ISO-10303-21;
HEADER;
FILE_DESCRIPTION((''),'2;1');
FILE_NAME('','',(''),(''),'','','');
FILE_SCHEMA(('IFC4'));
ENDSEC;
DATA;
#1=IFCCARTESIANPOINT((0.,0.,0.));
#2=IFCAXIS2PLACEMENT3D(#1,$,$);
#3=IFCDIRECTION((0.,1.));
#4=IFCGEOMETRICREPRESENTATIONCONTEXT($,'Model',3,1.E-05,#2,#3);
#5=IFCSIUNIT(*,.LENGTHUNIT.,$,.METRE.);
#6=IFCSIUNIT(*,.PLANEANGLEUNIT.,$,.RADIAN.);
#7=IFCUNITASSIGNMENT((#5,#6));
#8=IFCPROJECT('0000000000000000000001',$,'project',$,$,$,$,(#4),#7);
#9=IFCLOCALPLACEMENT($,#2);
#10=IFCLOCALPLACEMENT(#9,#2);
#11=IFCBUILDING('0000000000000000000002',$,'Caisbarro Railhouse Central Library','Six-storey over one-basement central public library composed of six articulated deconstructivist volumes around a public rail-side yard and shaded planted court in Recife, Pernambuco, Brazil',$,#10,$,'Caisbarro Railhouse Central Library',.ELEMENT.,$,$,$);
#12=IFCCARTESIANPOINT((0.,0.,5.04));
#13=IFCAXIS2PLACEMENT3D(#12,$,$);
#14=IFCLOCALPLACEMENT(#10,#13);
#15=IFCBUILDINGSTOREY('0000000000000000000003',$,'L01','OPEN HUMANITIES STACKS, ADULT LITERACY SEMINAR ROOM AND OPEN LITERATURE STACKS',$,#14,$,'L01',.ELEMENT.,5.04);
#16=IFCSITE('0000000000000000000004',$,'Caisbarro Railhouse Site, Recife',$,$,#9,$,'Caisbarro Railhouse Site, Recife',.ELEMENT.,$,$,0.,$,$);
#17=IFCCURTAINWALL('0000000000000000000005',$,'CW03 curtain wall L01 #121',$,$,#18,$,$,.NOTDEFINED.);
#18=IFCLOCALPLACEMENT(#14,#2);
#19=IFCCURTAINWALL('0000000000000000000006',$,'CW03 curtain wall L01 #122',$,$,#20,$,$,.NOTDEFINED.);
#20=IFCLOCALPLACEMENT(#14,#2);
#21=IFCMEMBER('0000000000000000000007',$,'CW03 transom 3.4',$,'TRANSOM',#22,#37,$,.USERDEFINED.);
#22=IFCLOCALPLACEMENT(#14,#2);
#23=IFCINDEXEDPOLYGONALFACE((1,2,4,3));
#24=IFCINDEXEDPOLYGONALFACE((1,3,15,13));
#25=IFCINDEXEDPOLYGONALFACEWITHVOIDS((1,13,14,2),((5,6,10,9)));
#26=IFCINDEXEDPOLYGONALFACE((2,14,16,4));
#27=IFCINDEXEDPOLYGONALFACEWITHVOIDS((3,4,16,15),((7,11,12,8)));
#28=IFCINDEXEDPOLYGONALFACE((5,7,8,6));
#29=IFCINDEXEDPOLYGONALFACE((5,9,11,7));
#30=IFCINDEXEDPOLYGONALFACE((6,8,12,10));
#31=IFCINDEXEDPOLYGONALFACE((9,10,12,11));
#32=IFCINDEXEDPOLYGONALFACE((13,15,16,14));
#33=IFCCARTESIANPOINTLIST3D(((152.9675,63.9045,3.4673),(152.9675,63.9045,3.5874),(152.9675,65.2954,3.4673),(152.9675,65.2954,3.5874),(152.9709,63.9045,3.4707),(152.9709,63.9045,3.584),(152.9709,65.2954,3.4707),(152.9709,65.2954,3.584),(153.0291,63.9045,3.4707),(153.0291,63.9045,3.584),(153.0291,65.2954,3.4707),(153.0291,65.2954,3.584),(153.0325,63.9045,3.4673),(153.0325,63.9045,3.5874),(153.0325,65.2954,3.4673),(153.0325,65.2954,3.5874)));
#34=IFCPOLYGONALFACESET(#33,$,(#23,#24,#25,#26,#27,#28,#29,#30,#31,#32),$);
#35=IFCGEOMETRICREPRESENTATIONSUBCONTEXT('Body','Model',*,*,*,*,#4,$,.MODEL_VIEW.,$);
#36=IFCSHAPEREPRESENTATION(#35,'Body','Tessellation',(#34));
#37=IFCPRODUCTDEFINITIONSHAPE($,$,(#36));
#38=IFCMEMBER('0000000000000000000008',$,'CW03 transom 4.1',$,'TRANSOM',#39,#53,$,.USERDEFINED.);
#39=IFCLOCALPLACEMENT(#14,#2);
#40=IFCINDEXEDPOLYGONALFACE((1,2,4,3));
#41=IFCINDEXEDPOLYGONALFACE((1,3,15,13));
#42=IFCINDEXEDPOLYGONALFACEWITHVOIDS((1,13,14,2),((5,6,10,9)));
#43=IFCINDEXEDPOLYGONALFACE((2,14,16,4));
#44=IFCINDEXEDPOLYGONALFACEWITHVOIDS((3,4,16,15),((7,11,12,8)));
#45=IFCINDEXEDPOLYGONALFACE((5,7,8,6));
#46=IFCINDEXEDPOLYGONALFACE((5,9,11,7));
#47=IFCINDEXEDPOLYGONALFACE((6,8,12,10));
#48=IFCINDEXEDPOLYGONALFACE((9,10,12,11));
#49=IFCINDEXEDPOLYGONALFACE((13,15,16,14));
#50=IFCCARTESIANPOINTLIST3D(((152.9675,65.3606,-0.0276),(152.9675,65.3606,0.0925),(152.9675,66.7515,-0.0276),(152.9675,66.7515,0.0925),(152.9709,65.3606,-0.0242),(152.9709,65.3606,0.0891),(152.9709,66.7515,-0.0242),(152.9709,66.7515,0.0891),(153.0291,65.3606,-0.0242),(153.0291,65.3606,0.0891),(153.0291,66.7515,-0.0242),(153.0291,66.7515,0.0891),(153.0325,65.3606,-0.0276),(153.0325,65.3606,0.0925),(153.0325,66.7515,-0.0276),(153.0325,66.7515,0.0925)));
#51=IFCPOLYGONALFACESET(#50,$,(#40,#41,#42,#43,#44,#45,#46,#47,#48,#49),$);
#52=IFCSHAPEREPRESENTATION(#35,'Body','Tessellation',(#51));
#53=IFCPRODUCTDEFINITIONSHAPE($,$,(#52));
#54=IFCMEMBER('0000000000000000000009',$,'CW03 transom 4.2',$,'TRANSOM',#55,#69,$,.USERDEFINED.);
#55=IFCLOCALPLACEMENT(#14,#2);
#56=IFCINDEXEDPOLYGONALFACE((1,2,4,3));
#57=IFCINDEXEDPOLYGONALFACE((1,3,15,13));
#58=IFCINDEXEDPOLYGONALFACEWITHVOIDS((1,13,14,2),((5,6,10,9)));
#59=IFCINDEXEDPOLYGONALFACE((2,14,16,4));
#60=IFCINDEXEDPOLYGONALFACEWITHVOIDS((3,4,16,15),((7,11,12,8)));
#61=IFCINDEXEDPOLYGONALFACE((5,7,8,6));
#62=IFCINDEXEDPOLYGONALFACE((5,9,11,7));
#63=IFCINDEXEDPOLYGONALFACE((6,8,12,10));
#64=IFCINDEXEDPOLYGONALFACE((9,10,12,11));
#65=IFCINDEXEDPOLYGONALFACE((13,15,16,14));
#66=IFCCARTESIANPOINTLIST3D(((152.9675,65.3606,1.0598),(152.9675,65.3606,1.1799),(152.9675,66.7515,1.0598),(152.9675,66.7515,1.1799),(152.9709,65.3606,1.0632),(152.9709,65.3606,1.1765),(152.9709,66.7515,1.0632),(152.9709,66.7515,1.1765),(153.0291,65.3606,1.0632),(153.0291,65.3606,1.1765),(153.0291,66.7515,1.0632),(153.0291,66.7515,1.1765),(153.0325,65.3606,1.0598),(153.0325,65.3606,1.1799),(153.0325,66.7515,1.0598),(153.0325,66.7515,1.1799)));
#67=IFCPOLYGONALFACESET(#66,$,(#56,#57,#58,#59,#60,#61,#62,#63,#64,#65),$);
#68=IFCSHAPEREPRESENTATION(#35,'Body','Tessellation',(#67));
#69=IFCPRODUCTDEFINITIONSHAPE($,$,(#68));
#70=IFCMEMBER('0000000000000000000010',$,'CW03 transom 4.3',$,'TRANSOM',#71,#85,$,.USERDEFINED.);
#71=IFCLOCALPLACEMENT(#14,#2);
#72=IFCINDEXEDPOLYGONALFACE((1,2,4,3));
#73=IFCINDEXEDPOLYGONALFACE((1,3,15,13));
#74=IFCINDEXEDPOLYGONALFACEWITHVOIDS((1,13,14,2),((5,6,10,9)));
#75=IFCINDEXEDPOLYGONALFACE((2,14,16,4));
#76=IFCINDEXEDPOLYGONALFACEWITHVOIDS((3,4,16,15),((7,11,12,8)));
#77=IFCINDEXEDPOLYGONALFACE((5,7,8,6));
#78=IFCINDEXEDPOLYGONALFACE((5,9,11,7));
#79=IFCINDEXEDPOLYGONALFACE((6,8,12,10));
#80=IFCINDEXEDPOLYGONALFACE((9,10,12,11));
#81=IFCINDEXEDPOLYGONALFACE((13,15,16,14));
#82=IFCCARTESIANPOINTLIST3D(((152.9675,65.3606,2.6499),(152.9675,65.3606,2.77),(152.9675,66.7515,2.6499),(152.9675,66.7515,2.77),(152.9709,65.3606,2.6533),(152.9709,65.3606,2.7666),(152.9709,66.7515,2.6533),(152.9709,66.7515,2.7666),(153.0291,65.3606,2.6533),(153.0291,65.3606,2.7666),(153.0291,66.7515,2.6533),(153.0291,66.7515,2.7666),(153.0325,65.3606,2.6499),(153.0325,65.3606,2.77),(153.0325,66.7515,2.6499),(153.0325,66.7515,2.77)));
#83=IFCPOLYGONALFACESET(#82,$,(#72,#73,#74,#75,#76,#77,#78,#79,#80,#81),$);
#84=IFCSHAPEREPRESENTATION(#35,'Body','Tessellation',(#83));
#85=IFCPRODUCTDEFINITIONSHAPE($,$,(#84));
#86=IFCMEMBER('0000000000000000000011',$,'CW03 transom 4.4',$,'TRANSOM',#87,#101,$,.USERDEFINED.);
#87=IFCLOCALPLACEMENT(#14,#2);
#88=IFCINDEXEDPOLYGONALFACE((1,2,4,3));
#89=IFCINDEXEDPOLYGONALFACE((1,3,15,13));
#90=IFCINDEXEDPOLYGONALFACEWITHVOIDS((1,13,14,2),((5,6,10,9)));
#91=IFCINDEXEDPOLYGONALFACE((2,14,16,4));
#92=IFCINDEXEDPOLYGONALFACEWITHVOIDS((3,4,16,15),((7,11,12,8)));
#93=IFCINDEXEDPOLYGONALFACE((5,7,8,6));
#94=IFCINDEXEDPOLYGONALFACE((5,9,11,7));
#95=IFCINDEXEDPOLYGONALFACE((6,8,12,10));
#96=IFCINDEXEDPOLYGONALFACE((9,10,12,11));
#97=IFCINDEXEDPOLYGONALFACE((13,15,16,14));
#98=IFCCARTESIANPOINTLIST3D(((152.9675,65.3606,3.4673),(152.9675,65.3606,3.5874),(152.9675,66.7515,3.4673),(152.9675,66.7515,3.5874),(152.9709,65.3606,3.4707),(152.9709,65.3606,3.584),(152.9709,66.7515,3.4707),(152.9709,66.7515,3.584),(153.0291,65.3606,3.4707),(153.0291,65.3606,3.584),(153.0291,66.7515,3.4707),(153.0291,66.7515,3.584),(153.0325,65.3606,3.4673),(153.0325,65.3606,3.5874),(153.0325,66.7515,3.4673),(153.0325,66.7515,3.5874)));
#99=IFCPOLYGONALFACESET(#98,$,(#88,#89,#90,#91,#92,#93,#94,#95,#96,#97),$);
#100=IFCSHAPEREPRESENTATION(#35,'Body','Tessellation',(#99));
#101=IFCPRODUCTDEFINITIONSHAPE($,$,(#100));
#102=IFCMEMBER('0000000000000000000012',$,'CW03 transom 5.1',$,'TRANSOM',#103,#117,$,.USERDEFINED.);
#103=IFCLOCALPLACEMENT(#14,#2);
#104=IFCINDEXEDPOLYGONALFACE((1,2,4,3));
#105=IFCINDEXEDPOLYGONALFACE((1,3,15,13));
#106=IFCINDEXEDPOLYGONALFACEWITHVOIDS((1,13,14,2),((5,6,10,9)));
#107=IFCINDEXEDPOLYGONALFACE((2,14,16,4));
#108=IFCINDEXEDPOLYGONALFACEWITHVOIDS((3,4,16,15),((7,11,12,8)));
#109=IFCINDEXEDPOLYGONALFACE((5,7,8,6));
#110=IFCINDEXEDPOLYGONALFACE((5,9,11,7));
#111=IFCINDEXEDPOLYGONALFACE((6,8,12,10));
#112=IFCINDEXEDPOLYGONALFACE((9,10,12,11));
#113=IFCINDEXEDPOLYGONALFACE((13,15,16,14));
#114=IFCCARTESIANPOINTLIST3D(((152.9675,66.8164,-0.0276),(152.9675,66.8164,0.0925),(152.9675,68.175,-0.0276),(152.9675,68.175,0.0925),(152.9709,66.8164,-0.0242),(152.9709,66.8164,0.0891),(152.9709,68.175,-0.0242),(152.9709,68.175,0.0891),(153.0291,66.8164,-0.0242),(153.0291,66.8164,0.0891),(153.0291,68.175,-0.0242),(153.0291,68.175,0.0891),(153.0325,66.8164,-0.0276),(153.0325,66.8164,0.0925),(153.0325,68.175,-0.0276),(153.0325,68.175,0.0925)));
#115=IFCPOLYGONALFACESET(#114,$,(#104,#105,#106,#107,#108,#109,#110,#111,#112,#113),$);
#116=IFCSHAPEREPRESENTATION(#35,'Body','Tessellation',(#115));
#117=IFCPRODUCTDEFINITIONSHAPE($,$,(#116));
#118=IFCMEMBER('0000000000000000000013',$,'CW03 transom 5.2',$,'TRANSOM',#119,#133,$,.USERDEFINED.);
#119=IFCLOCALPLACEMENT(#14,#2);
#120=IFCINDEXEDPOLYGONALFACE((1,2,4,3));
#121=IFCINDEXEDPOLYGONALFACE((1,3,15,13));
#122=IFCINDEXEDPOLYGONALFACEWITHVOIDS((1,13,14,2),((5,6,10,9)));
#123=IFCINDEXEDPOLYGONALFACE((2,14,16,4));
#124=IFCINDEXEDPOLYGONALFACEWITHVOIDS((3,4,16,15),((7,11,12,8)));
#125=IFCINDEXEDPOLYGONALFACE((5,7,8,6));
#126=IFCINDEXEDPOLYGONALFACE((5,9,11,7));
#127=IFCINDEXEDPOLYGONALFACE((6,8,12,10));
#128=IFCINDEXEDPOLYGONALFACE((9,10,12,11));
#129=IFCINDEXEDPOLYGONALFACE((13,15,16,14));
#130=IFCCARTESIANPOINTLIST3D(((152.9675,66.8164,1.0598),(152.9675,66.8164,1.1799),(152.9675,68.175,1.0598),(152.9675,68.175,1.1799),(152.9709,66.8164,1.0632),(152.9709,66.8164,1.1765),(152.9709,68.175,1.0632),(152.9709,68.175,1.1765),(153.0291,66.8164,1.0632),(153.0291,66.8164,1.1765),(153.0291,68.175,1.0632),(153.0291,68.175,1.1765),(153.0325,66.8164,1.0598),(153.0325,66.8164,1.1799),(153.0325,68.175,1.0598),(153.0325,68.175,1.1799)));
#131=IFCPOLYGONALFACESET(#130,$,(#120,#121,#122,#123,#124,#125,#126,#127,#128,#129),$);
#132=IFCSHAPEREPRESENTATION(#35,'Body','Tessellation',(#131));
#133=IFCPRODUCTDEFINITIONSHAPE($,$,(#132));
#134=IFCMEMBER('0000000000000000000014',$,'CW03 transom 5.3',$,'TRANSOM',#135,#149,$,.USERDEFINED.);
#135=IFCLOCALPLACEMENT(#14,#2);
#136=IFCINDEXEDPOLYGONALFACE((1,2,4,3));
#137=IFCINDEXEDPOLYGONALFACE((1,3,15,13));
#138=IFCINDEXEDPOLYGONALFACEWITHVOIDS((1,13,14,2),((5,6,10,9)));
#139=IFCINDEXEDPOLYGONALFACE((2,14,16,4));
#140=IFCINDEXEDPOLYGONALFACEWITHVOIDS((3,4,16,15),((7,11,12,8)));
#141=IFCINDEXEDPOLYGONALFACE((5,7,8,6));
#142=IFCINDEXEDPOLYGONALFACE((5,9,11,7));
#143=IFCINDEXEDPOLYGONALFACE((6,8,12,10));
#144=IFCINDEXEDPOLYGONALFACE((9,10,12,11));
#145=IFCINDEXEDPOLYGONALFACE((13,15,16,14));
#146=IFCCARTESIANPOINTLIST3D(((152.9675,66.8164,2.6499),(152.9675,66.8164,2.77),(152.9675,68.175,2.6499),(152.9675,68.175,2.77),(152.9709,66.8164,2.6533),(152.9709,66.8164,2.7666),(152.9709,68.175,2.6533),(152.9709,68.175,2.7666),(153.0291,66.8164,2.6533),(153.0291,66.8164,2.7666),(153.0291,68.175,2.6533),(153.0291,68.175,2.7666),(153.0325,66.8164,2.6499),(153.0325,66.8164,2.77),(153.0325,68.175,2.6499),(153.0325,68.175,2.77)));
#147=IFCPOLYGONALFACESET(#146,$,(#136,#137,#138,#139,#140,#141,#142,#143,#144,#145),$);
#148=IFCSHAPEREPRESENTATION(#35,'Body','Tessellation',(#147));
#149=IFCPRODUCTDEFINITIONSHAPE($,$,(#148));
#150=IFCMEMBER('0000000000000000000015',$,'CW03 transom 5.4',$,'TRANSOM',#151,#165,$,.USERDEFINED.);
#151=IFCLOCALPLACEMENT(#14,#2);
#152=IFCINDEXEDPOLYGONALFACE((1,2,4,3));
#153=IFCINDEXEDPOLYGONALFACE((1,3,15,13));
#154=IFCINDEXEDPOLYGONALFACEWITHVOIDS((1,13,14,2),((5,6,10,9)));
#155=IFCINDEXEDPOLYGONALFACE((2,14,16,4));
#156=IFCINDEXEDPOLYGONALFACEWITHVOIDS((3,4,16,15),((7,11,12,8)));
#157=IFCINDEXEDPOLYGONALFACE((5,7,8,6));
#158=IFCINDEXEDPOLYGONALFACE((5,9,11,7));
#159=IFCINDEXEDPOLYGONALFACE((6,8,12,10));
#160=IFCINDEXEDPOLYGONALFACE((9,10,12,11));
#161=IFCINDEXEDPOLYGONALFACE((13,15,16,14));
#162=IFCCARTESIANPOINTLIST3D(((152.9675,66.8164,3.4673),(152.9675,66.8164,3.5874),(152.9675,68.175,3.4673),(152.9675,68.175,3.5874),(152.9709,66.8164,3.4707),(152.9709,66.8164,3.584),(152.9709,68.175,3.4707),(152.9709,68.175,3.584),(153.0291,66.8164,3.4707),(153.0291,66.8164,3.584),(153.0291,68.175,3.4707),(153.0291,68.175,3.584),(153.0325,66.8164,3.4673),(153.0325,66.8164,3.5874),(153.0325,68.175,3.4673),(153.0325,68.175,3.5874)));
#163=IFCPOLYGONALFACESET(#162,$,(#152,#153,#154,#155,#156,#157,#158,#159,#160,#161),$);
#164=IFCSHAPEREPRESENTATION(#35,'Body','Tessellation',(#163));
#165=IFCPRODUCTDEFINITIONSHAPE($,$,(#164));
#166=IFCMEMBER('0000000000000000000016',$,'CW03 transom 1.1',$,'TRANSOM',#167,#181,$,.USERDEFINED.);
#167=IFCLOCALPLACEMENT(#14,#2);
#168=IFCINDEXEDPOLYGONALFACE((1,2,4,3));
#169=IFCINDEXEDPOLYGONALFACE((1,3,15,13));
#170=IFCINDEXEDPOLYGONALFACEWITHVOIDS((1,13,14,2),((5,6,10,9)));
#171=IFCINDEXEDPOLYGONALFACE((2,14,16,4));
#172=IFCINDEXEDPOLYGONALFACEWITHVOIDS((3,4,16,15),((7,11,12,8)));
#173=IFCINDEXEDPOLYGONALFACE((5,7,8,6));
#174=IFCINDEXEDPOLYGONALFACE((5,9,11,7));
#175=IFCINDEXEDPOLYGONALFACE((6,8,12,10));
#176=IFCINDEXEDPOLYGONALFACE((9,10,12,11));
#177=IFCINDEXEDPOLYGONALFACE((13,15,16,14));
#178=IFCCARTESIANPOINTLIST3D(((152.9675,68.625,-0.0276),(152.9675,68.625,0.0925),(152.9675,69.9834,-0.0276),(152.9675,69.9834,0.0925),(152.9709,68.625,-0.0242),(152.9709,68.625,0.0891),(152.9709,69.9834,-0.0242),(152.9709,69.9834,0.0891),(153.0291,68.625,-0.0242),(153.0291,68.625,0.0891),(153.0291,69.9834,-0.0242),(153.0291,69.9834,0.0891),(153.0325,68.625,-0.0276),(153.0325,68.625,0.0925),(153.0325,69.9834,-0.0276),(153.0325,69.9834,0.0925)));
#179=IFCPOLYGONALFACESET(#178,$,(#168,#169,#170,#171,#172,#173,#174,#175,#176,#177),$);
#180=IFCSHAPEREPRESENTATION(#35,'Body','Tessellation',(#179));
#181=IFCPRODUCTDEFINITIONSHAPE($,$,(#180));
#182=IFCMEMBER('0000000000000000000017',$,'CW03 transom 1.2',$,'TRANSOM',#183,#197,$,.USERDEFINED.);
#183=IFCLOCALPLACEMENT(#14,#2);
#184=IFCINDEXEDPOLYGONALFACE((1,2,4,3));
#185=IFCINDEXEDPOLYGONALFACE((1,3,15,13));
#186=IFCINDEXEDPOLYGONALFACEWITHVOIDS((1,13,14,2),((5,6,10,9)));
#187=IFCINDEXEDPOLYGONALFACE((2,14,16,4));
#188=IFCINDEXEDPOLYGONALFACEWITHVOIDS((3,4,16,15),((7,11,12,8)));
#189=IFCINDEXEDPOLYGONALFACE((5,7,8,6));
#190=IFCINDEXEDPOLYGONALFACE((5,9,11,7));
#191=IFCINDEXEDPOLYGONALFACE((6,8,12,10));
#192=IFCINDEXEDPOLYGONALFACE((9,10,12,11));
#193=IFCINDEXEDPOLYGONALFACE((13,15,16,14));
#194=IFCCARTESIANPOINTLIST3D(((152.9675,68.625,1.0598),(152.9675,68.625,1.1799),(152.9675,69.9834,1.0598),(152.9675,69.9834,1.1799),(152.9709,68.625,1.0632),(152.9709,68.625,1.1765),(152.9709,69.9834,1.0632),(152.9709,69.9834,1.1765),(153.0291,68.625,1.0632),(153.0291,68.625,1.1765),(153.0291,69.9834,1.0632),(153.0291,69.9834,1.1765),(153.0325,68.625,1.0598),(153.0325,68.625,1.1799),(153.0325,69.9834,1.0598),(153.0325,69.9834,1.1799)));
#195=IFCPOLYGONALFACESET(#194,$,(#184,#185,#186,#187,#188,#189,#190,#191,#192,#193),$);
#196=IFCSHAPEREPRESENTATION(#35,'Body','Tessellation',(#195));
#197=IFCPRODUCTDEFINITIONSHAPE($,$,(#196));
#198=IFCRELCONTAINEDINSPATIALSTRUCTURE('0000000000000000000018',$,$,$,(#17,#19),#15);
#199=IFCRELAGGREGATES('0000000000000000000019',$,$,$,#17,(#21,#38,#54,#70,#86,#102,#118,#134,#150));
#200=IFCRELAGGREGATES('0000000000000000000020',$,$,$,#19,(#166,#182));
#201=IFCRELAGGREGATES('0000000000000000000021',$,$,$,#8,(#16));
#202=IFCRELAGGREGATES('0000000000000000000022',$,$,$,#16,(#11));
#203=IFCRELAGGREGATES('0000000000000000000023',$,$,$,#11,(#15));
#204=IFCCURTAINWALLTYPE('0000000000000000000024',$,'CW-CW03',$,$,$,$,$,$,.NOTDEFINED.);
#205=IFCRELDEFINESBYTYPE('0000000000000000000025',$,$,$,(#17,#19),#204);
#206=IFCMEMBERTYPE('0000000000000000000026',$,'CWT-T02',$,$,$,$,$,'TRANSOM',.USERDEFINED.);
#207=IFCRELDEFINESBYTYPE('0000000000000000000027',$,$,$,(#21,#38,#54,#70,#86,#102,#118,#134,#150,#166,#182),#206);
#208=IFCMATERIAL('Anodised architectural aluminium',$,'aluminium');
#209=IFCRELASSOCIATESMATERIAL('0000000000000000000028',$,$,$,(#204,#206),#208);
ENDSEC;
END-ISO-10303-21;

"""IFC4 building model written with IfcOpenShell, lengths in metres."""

from ifc_helpers import new_model, si_unit, direction, frame, origin, origin_2d, place, context, subcontext, project, spatial, hollow_rectangle, extrude, material, material_profile, profile_set, type_object, element, aggregate, save


model = new_model("IFC4")

# Units and contexts
model_context = context("Model", 3, precision=1e-05, world=origin(), true_north=direction((0.0, 1.0)))
body_context = subcontext(model_context, "Body", "Model", "MODEL_VIEW")
ifc_project = project(units=[si_unit("LENGTHUNIT", "METRE"), si_unit("PLANEANGLEUNIT", "RADIAN")], contexts=[model_context])

# Site, building, storey
site_placement = place(None, origin())
site = spatial("IfcSite", under=ifc_project, at=site_placement, Name="Caisbarro Railhouse Site, Recife", LongName="Caisbarro Railhouse Site, Recife", CompositionType="ELEMENT", RefElevation=0.0)
building_placement = place(site_placement, origin())
building = spatial("IfcBuilding", under=site, at=building_placement, Name="Caisbarro Railhouse Central Library", Description="Six-storey over one-basement central public library composed of six articulated deconstructivist volumes around a public rail-side yard and shaded planted court in Recife, Pernambuco, Brazil", LongName="Caisbarro Railhouse Central Library", CompositionType="ELEMENT")
storey_placement = place(building_placement, frame((0.0, 0.0, 5.04)))
storey = spatial("IfcBuildingStorey", under=building, at=storey_placement, Name="L01", Description="OPEN HUMANITIES STACKS, ADULT LITERACY SEMINAR ROOM AND OPEN LITERATURE STACKS", LongName="L01", CompositionType="ELEMENT", Elevation=5.04)

# Curtain wall
ifc_material_1 = material(Name="Anodised architectural aluminium", Category="aluminium")
curtain_wall_type = type_object("IfcCurtainWallType", Name="CW-CW03", PredefinedType="NOTDEFINED", material=ifc_material_1)
curtain_wall_1_placement = place(storey_placement, origin())
curtain_wall_1 = element("IfcCurtainWall", 1, at=curtain_wall_1_placement, inside=storey, type_object=curtain_wall_type, Name="CW03 curtain wall L01 #121", PredefinedType="NOTDEFINED")

# Curtain wall
curtain_wall_2_placement = place(storey_placement, origin())
curtain_wall_2 = element("IfcCurtainWall", 2, at=curtain_wall_2_placement, inside=storey, type_object=curtain_wall_type, Name="CW03 curtain wall L01 #122", PredefinedType="NOTDEFINED")

# Members
ifc_material_profile_1 = material_profile(ifc_material_1, hollow_rectangle(XDim=0.0649, YDim=0.1201, WallThickness=0.0034, at=origin_2d()), Name="ALU-TRN-65X120")
ifc_profile_set_1 = profile_set([ifc_material_profile_1], Name="Anodised architectural aluminium")
member_type_1 = type_object("IfcMemberType", Name="CWT-T02", ElementType="TRANSOM", PredefinedType="USERDEFINED", material=ifc_profile_set_1)
member_1_placement = place(storey_placement, frame((153.0, 63.9045, 3.5273), z_axis=(0.0, 1.0, 0.0), x_axis=(-1.0, 0.0, 0.0)))
member_1 = element("IfcMember", 3, at=member_1_placement, type_object=member_type_1, Name="CW03 transom 3.4", ObjectType="TRANSOM", PredefinedType="USERDEFINED", context=body_context, shape_type="SweptSolid", body=[
    extrude(hollow_rectangle(XDim=0.0649, YDim=0.1201, WallThickness=0.0034, at=origin_2d()), origin(), (0.0, 0.0, 1.0), 1.3909),
])
member_2_placement = place(storey_placement, frame((153.0, 65.3606, 0.0325), z_axis=(0.0, 1.0, 0.0), x_axis=(-1.0, 0.0, 0.0)))
member_2 = element("IfcMember", 4, at=member_2_placement, type_object=member_type_1, Name="CW03 transom 4.1", ObjectType="TRANSOM", PredefinedType="USERDEFINED", context=body_context, shape_type="SweptSolid", body=[
    extrude(hollow_rectangle(XDim=0.0649, YDim=0.1201, WallThickness=0.0034, at=origin_2d()), origin(), (0.0, 0.0, 1.0), 1.3909),
])
member_3_placement = place(storey_placement, frame((153.0, 65.3606, 1.1199), z_axis=(0.0, 1.0, 0.0), x_axis=(-1.0, 0.0, 0.0)))
member_3 = element("IfcMember", 5, at=member_3_placement, type_object=member_type_1, Name="CW03 transom 4.2", ObjectType="TRANSOM", PredefinedType="USERDEFINED", context=body_context, shape_type="SweptSolid", body=[
    extrude(hollow_rectangle(XDim=0.0649, YDim=0.1201, WallThickness=0.0034, at=origin_2d()), origin(), (0.0, 0.0, 1.0), 1.3909),
])
member_4_placement = place(storey_placement, frame((153.0, 65.3606, 2.71), z_axis=(0.0, 1.0, 0.0), x_axis=(-1.0, 0.0, 0.0)))
member_4 = element("IfcMember", 6, at=member_4_placement, type_object=member_type_1, Name="CW03 transom 4.3", ObjectType="TRANSOM", PredefinedType="USERDEFINED", context=body_context, shape_type="SweptSolid", body=[
    extrude(hollow_rectangle(XDim=0.0649, YDim=0.1201, WallThickness=0.0034, at=origin_2d()), origin(), (0.0, 0.0, 1.0), 1.3909),
])
member_5_placement = place(storey_placement, frame((153.0, 65.3606, 3.5273), z_axis=(0.0, 1.0, 0.0), x_axis=(-1.0, 0.0, 0.0)))
member_5 = element("IfcMember", 7, at=member_5_placement, type_object=member_type_1, Name="CW03 transom 4.4", ObjectType="TRANSOM", PredefinedType="USERDEFINED", context=body_context, shape_type="SweptSolid", body=[
    extrude(hollow_rectangle(XDim=0.0649, YDim=0.1201, WallThickness=0.0034, at=origin_2d()), origin(), (0.0, 0.0, 1.0), 1.3909),
])
member_6_placement = place(storey_placement, frame((153.0, 66.8164, 0.0325), z_axis=(0.0, 1.0, 0.0), x_axis=(-1.0, 0.0, 0.0)))
member_6 = element("IfcMember", 8, at=member_6_placement, type_object=member_type_1, Name="CW03 transom 5.1", ObjectType="TRANSOM", PredefinedType="USERDEFINED", context=body_context, shape_type="SweptSolid", body=[
    extrude(hollow_rectangle(XDim=0.0649, YDim=0.1201, WallThickness=0.0034, at=origin_2d()), origin(), (0.0, 0.0, 1.0), 1.3586),
])
member_7_placement = place(storey_placement, frame((153.0, 66.8164, 1.1199), z_axis=(0.0, 1.0, 0.0), x_axis=(-1.0, 0.0, 0.0)))
member_7 = element("IfcMember", 9, at=member_7_placement, type_object=member_type_1, Name="CW03 transom 5.2", ObjectType="TRANSOM", PredefinedType="USERDEFINED", context=body_context, shape_type="SweptSolid", body=[
    extrude(hollow_rectangle(XDim=0.0649, YDim=0.1201, WallThickness=0.0034, at=origin_2d()), origin(), (0.0, 0.0, 1.0), 1.3586),
])
member_8_placement = place(storey_placement, frame((153.0, 66.8164, 2.71), z_axis=(0.0, 1.0, 0.0), x_axis=(-1.0, 0.0, 0.0)))
member_8 = element("IfcMember", 10, at=member_8_placement, type_object=member_type_1, Name="CW03 transom 5.3", ObjectType="TRANSOM", PredefinedType="USERDEFINED", context=body_context, shape_type="SweptSolid", body=[
    extrude(hollow_rectangle(XDim=0.0649, YDim=0.1201, WallThickness=0.0034, at=origin_2d()), origin(), (0.0, 0.0, 1.0), 1.3586),
])
member_9_placement = place(storey_placement, frame((153.0, 66.8164, 3.5273), z_axis=(0.0, 1.0, 0.0), x_axis=(-1.0, 0.0, 0.0)))
member_9 = element("IfcMember", 11, at=member_9_placement, type_object=member_type_1, Name="CW03 transom 5.4", ObjectType="TRANSOM", PredefinedType="USERDEFINED", context=body_context, shape_type="SweptSolid", body=[
    extrude(hollow_rectangle(XDim=0.0649, YDim=0.1201, WallThickness=0.0034, at=origin_2d()), origin(), (0.0, 0.0, 1.0), 1.3586),
])
member_10_placement = place(storey_placement, frame((153.0, 68.625, 0.0325), z_axis=(0.0, 1.0, 0.0), x_axis=(-1.0, 0.0, 0.0)))
member_10 = element("IfcMember", 12, at=member_10_placement, type_object=member_type_1, Name="CW03 transom 1.1", ObjectType="TRANSOM", PredefinedType="USERDEFINED", context=body_context, shape_type="SweptSolid", body=[
    extrude(hollow_rectangle(XDim=0.0649, YDim=0.1201, WallThickness=0.0034, at=origin_2d()), origin(), (0.0, 0.0, 1.0), 1.3584),
])
member_11_placement = place(storey_placement, frame((153.0, 68.625, 1.1199), z_axis=(0.0, 1.0, 0.0), x_axis=(-1.0, 0.0, 0.0)))
member_11 = element("IfcMember", 13, at=member_11_placement, type_object=member_type_1, Name="CW03 transom 1.2", ObjectType="TRANSOM", PredefinedType="USERDEFINED", context=body_context, shape_type="SweptSolid", body=[
    extrude(hollow_rectangle(XDim=0.0649, YDim=0.1201, WallThickness=0.0034, at=origin_2d()), origin(), (0.0, 0.0, 1.0), 1.3584),
])

aggregate(curtain_wall_1, [member_1, member_2, member_3, member_4, member_5, member_6, member_7, member_8, member_9])
aggregate(curtain_wall_2, [member_10, member_11])

save(model, "model.ifc")
